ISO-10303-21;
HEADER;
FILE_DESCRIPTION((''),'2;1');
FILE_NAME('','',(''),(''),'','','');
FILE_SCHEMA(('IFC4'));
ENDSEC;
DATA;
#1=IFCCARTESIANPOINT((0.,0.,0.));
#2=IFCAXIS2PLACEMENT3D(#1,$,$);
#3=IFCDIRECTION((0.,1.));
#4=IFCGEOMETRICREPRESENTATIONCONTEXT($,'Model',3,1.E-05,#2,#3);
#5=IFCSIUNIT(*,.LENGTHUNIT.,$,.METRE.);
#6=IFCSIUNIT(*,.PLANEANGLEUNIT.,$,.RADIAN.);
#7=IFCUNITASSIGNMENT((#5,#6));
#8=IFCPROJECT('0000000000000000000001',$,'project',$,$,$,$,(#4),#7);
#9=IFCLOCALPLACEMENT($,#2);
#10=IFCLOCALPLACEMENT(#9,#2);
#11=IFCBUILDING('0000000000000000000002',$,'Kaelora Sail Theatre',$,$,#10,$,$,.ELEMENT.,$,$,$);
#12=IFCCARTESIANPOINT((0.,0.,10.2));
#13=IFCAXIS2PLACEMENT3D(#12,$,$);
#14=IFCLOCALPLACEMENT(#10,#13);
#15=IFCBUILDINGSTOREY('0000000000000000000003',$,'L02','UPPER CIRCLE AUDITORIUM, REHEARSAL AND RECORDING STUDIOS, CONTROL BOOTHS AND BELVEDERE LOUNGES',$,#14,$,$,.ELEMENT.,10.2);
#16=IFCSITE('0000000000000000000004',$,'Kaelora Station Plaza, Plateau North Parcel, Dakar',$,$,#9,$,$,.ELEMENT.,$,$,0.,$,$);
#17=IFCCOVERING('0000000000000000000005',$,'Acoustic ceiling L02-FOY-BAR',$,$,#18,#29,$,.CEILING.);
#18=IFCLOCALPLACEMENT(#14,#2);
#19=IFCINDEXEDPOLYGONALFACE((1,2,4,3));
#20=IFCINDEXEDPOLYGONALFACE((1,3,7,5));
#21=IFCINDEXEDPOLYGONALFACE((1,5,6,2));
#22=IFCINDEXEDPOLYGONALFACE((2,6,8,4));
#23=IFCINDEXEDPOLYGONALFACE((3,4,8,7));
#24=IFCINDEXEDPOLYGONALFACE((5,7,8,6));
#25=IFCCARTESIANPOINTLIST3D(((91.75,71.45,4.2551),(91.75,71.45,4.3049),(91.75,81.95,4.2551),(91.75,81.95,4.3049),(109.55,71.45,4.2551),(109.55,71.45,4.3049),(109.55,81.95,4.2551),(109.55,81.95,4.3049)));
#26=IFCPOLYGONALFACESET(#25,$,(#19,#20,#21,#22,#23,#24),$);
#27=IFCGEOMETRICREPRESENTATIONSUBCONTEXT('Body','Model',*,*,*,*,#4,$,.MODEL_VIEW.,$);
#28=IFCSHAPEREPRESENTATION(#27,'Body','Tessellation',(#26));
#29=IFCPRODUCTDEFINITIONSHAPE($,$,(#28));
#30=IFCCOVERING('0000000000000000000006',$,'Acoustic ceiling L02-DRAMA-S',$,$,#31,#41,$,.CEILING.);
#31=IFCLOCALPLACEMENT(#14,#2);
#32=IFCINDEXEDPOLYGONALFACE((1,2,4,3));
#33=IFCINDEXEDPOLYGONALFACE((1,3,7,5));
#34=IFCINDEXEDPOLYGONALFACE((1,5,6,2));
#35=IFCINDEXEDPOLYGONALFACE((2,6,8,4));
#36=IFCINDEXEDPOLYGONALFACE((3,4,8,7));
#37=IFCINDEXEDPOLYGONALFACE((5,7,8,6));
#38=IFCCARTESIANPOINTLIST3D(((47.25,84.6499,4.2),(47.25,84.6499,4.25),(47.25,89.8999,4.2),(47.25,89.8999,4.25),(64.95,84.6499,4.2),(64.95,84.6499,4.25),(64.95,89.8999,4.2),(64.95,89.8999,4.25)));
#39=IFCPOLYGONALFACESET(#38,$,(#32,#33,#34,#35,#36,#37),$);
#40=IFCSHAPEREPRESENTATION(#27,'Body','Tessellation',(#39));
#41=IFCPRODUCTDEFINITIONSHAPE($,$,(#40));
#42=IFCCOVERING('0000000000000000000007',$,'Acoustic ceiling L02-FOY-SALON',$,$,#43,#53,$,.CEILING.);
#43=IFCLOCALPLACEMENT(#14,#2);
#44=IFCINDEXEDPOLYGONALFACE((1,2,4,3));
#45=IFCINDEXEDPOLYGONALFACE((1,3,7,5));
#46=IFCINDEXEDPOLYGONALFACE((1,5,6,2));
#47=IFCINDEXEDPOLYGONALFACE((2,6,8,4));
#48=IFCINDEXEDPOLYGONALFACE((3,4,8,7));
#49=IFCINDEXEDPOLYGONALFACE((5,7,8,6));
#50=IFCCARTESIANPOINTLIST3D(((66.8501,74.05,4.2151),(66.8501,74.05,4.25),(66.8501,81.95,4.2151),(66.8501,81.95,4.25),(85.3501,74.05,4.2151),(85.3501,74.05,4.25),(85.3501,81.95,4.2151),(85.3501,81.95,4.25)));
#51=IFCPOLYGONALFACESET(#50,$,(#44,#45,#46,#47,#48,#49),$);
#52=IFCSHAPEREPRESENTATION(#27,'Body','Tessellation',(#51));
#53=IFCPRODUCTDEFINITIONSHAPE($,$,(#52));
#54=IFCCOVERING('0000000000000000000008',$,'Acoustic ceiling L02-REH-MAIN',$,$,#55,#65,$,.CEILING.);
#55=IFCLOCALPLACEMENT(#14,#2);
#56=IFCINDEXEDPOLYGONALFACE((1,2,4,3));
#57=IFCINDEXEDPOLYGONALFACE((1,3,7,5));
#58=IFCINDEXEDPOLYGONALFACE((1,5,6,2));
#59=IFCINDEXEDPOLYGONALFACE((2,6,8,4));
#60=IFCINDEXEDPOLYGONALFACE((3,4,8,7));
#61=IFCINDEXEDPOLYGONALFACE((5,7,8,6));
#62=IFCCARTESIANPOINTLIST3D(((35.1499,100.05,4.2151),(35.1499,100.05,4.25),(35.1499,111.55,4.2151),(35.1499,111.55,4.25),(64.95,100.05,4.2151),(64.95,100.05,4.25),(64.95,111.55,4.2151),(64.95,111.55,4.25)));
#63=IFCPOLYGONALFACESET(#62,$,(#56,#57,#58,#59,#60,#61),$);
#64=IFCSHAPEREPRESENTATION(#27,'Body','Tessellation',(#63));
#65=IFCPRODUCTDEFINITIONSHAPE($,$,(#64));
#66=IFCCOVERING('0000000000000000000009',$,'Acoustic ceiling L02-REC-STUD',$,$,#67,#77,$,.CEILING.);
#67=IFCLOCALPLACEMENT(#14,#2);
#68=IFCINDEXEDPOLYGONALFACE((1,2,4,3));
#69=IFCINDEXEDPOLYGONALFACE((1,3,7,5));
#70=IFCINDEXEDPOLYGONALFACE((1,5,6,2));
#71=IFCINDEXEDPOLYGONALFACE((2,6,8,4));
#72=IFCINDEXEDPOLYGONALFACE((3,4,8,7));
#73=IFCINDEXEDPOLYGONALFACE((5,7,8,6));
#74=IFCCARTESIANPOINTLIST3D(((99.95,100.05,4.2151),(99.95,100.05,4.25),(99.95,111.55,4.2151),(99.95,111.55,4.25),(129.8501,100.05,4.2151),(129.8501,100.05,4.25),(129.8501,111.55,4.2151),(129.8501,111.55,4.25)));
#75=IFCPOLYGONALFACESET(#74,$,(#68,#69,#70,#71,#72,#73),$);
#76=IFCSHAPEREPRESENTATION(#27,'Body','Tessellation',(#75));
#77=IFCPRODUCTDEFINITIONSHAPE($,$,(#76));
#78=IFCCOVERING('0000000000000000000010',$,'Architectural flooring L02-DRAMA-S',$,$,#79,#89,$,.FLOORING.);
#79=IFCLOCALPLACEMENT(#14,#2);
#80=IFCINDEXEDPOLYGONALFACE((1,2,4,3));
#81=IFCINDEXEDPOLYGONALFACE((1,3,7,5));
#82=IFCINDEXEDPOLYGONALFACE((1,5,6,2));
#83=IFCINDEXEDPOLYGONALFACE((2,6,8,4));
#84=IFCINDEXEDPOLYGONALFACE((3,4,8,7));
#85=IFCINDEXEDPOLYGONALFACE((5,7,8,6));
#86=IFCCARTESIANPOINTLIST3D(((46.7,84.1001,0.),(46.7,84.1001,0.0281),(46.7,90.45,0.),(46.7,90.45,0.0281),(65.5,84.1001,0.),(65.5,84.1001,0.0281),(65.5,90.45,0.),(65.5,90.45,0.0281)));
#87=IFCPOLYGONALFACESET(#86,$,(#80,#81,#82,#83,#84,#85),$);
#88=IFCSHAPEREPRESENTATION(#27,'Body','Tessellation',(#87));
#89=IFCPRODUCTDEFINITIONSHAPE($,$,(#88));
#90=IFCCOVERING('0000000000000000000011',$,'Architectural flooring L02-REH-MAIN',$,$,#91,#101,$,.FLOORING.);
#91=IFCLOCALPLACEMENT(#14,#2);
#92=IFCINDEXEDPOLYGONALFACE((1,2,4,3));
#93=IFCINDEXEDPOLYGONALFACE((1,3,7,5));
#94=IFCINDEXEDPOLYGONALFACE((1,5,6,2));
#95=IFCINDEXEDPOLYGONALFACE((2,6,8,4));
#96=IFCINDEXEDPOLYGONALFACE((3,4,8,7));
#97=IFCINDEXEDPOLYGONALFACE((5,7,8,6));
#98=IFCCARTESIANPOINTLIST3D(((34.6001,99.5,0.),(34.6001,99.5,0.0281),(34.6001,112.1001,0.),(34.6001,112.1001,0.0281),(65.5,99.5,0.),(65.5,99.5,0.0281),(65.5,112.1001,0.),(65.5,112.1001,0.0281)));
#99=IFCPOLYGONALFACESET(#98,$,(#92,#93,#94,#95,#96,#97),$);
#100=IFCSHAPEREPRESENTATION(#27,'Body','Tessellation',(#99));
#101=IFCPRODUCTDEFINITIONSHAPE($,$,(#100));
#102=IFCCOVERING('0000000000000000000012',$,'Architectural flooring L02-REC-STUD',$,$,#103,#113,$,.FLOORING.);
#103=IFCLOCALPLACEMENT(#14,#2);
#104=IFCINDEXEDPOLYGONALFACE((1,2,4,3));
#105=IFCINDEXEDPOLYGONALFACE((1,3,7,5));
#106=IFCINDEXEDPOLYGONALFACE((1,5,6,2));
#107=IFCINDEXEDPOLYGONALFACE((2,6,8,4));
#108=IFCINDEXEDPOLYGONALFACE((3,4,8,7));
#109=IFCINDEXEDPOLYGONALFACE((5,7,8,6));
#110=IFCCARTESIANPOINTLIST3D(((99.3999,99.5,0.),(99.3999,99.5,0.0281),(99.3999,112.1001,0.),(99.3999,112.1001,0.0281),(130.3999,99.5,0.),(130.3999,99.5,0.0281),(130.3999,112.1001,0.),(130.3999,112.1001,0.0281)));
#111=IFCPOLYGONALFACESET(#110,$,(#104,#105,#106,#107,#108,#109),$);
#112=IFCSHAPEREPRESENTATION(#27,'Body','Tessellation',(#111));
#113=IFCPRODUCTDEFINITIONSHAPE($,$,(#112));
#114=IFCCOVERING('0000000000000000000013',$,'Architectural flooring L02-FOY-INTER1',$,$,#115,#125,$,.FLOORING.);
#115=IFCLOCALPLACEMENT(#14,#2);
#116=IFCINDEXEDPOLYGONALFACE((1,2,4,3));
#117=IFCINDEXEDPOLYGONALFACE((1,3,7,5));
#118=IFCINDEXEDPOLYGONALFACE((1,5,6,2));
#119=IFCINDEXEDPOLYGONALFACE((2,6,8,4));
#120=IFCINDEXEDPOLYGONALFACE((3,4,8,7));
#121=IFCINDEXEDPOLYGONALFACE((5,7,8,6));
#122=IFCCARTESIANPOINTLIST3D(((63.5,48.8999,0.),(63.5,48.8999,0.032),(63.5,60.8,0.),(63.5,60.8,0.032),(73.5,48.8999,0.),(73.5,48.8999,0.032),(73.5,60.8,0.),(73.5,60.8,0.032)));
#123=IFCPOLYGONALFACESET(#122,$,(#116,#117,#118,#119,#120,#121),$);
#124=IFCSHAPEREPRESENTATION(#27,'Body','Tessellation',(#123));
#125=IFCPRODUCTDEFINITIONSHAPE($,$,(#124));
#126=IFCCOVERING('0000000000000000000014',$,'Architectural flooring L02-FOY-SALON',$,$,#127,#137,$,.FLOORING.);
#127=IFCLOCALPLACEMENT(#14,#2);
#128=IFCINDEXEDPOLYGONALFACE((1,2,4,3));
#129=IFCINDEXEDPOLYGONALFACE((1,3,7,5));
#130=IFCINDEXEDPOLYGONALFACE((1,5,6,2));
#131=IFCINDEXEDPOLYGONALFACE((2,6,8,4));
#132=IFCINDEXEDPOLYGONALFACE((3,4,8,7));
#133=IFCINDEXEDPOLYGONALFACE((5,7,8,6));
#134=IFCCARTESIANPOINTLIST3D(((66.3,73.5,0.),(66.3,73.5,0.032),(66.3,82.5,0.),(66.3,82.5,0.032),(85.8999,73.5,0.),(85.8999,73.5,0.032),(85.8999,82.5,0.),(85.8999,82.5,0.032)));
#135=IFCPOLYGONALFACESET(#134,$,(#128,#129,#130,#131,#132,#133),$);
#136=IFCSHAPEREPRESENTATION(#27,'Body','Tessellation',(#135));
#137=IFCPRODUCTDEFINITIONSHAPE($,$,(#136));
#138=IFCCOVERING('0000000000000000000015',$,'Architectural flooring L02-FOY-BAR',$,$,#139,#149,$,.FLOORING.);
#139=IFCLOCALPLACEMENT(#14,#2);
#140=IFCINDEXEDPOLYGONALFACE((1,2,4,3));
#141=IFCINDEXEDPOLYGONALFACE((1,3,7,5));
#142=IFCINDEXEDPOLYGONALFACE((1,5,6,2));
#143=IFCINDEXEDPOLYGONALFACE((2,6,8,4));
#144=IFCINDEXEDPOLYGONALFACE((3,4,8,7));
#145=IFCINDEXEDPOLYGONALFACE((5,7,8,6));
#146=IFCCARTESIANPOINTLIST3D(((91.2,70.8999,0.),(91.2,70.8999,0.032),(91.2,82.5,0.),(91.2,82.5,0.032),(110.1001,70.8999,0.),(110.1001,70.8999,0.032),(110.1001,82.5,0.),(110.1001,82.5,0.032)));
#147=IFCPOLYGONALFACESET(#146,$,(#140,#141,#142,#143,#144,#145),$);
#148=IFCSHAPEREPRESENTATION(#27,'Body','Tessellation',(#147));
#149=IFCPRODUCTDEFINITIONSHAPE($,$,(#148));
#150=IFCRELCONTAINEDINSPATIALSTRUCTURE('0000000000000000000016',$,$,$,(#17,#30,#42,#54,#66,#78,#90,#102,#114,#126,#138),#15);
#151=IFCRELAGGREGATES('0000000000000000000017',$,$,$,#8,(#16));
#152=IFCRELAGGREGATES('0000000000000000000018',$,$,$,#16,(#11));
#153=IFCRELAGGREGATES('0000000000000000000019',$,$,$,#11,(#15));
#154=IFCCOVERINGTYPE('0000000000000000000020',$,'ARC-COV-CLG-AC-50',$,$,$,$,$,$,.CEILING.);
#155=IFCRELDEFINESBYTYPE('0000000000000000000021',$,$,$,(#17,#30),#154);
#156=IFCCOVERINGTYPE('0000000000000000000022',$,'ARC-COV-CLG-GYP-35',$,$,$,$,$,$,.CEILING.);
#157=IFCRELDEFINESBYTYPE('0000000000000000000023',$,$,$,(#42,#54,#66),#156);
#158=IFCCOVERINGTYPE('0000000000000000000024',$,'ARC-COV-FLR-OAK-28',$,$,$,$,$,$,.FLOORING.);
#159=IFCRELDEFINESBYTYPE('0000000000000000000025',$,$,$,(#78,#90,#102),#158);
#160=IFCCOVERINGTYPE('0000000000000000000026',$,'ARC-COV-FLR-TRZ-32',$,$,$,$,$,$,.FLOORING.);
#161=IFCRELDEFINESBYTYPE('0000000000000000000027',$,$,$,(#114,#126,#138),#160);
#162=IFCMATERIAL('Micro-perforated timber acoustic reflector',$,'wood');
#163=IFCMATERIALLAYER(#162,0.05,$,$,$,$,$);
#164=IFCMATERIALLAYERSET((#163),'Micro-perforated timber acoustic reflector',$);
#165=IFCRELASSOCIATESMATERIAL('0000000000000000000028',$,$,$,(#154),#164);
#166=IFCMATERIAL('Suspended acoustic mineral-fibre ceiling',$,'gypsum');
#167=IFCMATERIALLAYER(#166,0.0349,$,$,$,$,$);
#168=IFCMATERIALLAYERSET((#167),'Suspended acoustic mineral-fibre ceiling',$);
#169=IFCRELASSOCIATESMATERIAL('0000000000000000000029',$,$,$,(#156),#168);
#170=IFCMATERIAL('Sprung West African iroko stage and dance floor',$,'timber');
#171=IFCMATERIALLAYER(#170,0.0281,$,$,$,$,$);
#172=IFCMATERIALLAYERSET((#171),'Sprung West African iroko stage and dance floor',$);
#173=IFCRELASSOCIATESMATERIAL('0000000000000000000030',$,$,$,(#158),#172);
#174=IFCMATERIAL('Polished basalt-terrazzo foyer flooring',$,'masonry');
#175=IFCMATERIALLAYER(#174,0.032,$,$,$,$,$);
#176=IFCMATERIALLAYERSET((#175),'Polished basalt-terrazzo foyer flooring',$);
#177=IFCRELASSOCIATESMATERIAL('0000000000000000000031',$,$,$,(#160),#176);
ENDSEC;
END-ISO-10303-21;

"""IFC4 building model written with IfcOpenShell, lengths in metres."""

from ifc_helpers import new_model, si_unit, direction, frame, origin, place, context, subcontext, project, spatial, polyline, outline, extrude, material, layer, layer_set, type_object, element, save


model = new_model("IFC4")

# Units and contexts
model_context = context("Model", 3, precision=1e-05, world=origin(), true_north=direction((0.0, 1.0)))
body_context = subcontext(model_context, "Body", "Model", "MODEL_VIEW")
ifc_project = project(units=[si_unit("LENGTHUNIT", "METRE"), si_unit("PLANEANGLEUNIT", "RADIAN")], contexts=[model_context])

# Site, building, storey
site_placement = place(None, origin())
site = spatial("IfcSite", under=ifc_project, at=site_placement, Name="Kaelora Station Plaza, Plateau North Parcel, Dakar", CompositionType="ELEMENT", RefElevation=0.0)
building_placement = place(site_placement, origin())
building = spatial("IfcBuilding", under=site, at=building_placement, Name="Kaelora Sail Theatre", CompositionType="ELEMENT")
storey_placement = place(building_placement, frame((0.0, 0.0, 10.2)))
storey = spatial("IfcBuildingStorey", under=building, at=storey_placement, Name="L02", Description="UPPER CIRCLE AUDITORIUM, REHEARSAL AND RECORDING STUDIOS, CONTROL BOOTHS AND BELVEDERE LOUNGES", CompositionType="ELEMENT", Elevation=10.2)

# Coverings
ifc_material_1 = material(Name="Micro-perforated timber acoustic reflector", Category="wood")
ifc_layer_1 = layer(ifc_material_1, 0.05)
ifc_layer_set_1 = layer_set([ifc_layer_1], Name="Micro-perforated timber acoustic reflector")
covering_type_1 = type_object("IfcCoveringType", Name="ARC-COV-CLG-AC-50", PredefinedType="CEILING", material=ifc_layer_set_1)
covering_1_placement = place(storey_placement, frame((0.0, 0.0, 4.2551)))
element("IfcCovering", 1, at=covering_1_placement, inside=storey, type_object=covering_type_1, Name="Acoustic ceiling L02-FOY-BAR", PredefinedType="CEILING", context=body_context, shape_type="SweptSolid", body=[
    extrude(outline(polyline([(91.75, 71.45), (109.55, 71.45), (109.55, 81.95), (91.75, 81.95), (91.75, 71.45)])), origin(), (0.0, 0.0, 1.0), 0.0498),
])
covering_2_placement = place(storey_placement, frame((0.0, 0.0, 4.2)))
element("IfcCovering", 2, at=covering_2_placement, inside=storey, type_object=covering_type_1, Name="Acoustic ceiling L02-DRAMA-S", PredefinedType="CEILING", context=body_context, shape_type="SweptSolid", body=[
    extrude(outline(polyline([(47.25, 84.6499), (64.95, 84.6499), (64.95, 89.8999), (47.25, 89.8999), (47.25, 84.6499)])), origin(), (0.0, 0.0, 1.0), 0.05),
])
ifc_material_2 = material(Name="Suspended acoustic mineral-fibre ceiling", Category="gypsum")
ifc_layer_2 = layer(ifc_material_2, 0.0349)
ifc_layer_set_2 = layer_set([ifc_layer_2], Name="Suspended acoustic mineral-fibre ceiling")
covering_type_2 = type_object("IfcCoveringType", Name="ARC-COV-CLG-GYP-35", PredefinedType="CEILING", material=ifc_layer_set_2)
covering_3_placement = place(storey_placement, frame((0.0, 0.0, 4.2151)))
element("IfcCovering", 3, at=covering_3_placement, inside=storey, type_object=covering_type_2, Name="Acoustic ceiling L02-FOY-SALON", PredefinedType="CEILING", context=body_context, shape_type="SweptSolid", body=[
    extrude(outline(polyline([(66.8501, 74.05), (85.3501, 74.05), (85.3501, 81.95), (66.8501, 81.95), (66.8501, 74.05)])), origin(), (0.0, 0.0, 1.0), 0.0349),
])
covering_4_placement = place(storey_placement, frame((0.0, 0.0, 4.2151)))
element("IfcCovering", 4, at=covering_4_placement, inside=storey, type_object=covering_type_2, Name="Acoustic ceiling L02-REH-MAIN", PredefinedType="CEILING", context=body_context, shape_type="SweptSolid", body=[
    extrude(outline(polyline([(35.1499, 100.05), (64.95, 100.05), (64.95, 111.55), (35.1499, 111.55), (35.1499, 100.05)])), origin(), (0.0, 0.0, 1.0), 0.0349),
])
covering_5_placement = place(storey_placement, frame((0.0, 0.0, 4.2151)))
element("IfcCovering", 5, at=covering_5_placement, inside=storey, type_object=covering_type_2, Name="Acoustic ceiling L02-REC-STUD", PredefinedType="CEILING", context=body_context, shape_type="SweptSolid", body=[
    extrude(outline(polyline([(99.95, 100.05), (129.8501, 100.05), (129.8501, 111.55), (99.95, 111.55), (99.95, 100.05)])), origin(), (0.0, 0.0, 1.0), 0.0349),
])
ifc_material_3 = material(Name="Sprung West African iroko stage and dance floor", Category="timber")
ifc_layer_3 = layer(ifc_material_3, 0.0281)
ifc_layer_set_3 = layer_set([ifc_layer_3], Name="Sprung West African iroko stage and dance floor")
covering_type_3 = type_object("IfcCoveringType", Name="ARC-COV-FLR-OAK-28", PredefinedType="FLOORING", material=ifc_layer_set_3)
covering_6_placement = place(storey_placement, origin())
element("IfcCovering", 6, at=covering_6_placement, inside=storey, type_object=covering_type_3, Name="Architectural flooring L02-DRAMA-S", PredefinedType="FLOORING", context=body_context, shape_type="SweptSolid", body=[
    extrude(outline(polyline([(46.7, 84.1001), (65.5, 84.1001), (65.5, 90.45), (46.7, 90.45), (46.7, 84.1001)])), origin(), (0.0, 0.0, 1.0), 0.0281),
])
covering_7_placement = place(storey_placement, origin())
element("IfcCovering", 7, at=covering_7_placement, inside=storey, type_object=covering_type_3, Name="Architectural flooring L02-REH-MAIN", PredefinedType="FLOORING", context=body_context, shape_type="SweptSolid", body=[
    extrude(outline(polyline([(34.6001, 99.5), (65.5, 99.5), (65.5, 112.1001), (34.6001, 112.1001), (34.6001, 99.5)])), origin(), (0.0, 0.0, 1.0), 0.0281),
])
covering_8_placement = place(storey_placement, origin())
element("IfcCovering", 8, at=covering_8_placement, inside=storey, type_object=covering_type_3, Name="Architectural flooring L02-REC-STUD", PredefinedType="FLOORING", context=body_context, shape_type="SweptSolid", body=[
    extrude(outline(polyline([(99.3999, 99.5), (130.3999, 99.5), (130.3999, 112.1001), (99.3999, 112.1001), (99.3999, 99.5)])), origin(), (0.0, 0.0, 1.0), 0.0281),
])
ifc_material_4 = material(Name="Polished basalt-terrazzo foyer flooring", Category="masonry")
ifc_layer_4 = layer(ifc_material_4, 0.032)
ifc_layer_set_4 = layer_set([ifc_layer_4], Name="Polished basalt-terrazzo foyer flooring")
covering_type_4 = type_object("IfcCoveringType", Name="ARC-COV-FLR-TRZ-32", PredefinedType="FLOORING", material=ifc_layer_set_4)
covering_9_placement = place(storey_placement, origin())
element("IfcCovering", 9, at=covering_9_placement, inside=storey, type_object=covering_type_4, Name="Architectural flooring L02-FOY-INTER1", PredefinedType="FLOORING", context=body_context, shape_type="SweptSolid", body=[
    extrude(outline(polyline([(63.5, 48.8999), (73.5, 48.8999), (73.5, 60.8), (63.5, 60.8), (63.5, 48.8999)])), origin(), (0.0, 0.0, 1.0), 0.032),
])
covering_10_placement = place(storey_placement, origin())
element("IfcCovering", 10, at=covering_10_placement, inside=storey, type_object=covering_type_4, Name="Architectural flooring L02-FOY-SALON", PredefinedType="FLOORING", context=body_context, shape_type="SweptSolid", body=[
    extrude(outline(polyline([(66.3, 73.5), (85.8999, 73.5), (85.8999, 82.5), (66.3, 82.5), (66.3, 73.5)])), origin(), (0.0, 0.0, 1.0), 0.032),
])
covering_11_placement = place(storey_placement, origin())
element("IfcCovering", 11, at=covering_11_placement, inside=storey, type_object=covering_type_4, Name="Architectural flooring L02-FOY-BAR", PredefinedType="FLOORING", context=body_context, shape_type="SweptSolid", body=[
    extrude(outline(polyline([(91.2, 70.8999), (110.1001, 70.8999), (110.1001, 82.5), (91.2, 82.5), (91.2, 70.8999)])), origin(), (0.0, 0.0, 1.0), 0.032),
])

save(model, "model.ifc")
